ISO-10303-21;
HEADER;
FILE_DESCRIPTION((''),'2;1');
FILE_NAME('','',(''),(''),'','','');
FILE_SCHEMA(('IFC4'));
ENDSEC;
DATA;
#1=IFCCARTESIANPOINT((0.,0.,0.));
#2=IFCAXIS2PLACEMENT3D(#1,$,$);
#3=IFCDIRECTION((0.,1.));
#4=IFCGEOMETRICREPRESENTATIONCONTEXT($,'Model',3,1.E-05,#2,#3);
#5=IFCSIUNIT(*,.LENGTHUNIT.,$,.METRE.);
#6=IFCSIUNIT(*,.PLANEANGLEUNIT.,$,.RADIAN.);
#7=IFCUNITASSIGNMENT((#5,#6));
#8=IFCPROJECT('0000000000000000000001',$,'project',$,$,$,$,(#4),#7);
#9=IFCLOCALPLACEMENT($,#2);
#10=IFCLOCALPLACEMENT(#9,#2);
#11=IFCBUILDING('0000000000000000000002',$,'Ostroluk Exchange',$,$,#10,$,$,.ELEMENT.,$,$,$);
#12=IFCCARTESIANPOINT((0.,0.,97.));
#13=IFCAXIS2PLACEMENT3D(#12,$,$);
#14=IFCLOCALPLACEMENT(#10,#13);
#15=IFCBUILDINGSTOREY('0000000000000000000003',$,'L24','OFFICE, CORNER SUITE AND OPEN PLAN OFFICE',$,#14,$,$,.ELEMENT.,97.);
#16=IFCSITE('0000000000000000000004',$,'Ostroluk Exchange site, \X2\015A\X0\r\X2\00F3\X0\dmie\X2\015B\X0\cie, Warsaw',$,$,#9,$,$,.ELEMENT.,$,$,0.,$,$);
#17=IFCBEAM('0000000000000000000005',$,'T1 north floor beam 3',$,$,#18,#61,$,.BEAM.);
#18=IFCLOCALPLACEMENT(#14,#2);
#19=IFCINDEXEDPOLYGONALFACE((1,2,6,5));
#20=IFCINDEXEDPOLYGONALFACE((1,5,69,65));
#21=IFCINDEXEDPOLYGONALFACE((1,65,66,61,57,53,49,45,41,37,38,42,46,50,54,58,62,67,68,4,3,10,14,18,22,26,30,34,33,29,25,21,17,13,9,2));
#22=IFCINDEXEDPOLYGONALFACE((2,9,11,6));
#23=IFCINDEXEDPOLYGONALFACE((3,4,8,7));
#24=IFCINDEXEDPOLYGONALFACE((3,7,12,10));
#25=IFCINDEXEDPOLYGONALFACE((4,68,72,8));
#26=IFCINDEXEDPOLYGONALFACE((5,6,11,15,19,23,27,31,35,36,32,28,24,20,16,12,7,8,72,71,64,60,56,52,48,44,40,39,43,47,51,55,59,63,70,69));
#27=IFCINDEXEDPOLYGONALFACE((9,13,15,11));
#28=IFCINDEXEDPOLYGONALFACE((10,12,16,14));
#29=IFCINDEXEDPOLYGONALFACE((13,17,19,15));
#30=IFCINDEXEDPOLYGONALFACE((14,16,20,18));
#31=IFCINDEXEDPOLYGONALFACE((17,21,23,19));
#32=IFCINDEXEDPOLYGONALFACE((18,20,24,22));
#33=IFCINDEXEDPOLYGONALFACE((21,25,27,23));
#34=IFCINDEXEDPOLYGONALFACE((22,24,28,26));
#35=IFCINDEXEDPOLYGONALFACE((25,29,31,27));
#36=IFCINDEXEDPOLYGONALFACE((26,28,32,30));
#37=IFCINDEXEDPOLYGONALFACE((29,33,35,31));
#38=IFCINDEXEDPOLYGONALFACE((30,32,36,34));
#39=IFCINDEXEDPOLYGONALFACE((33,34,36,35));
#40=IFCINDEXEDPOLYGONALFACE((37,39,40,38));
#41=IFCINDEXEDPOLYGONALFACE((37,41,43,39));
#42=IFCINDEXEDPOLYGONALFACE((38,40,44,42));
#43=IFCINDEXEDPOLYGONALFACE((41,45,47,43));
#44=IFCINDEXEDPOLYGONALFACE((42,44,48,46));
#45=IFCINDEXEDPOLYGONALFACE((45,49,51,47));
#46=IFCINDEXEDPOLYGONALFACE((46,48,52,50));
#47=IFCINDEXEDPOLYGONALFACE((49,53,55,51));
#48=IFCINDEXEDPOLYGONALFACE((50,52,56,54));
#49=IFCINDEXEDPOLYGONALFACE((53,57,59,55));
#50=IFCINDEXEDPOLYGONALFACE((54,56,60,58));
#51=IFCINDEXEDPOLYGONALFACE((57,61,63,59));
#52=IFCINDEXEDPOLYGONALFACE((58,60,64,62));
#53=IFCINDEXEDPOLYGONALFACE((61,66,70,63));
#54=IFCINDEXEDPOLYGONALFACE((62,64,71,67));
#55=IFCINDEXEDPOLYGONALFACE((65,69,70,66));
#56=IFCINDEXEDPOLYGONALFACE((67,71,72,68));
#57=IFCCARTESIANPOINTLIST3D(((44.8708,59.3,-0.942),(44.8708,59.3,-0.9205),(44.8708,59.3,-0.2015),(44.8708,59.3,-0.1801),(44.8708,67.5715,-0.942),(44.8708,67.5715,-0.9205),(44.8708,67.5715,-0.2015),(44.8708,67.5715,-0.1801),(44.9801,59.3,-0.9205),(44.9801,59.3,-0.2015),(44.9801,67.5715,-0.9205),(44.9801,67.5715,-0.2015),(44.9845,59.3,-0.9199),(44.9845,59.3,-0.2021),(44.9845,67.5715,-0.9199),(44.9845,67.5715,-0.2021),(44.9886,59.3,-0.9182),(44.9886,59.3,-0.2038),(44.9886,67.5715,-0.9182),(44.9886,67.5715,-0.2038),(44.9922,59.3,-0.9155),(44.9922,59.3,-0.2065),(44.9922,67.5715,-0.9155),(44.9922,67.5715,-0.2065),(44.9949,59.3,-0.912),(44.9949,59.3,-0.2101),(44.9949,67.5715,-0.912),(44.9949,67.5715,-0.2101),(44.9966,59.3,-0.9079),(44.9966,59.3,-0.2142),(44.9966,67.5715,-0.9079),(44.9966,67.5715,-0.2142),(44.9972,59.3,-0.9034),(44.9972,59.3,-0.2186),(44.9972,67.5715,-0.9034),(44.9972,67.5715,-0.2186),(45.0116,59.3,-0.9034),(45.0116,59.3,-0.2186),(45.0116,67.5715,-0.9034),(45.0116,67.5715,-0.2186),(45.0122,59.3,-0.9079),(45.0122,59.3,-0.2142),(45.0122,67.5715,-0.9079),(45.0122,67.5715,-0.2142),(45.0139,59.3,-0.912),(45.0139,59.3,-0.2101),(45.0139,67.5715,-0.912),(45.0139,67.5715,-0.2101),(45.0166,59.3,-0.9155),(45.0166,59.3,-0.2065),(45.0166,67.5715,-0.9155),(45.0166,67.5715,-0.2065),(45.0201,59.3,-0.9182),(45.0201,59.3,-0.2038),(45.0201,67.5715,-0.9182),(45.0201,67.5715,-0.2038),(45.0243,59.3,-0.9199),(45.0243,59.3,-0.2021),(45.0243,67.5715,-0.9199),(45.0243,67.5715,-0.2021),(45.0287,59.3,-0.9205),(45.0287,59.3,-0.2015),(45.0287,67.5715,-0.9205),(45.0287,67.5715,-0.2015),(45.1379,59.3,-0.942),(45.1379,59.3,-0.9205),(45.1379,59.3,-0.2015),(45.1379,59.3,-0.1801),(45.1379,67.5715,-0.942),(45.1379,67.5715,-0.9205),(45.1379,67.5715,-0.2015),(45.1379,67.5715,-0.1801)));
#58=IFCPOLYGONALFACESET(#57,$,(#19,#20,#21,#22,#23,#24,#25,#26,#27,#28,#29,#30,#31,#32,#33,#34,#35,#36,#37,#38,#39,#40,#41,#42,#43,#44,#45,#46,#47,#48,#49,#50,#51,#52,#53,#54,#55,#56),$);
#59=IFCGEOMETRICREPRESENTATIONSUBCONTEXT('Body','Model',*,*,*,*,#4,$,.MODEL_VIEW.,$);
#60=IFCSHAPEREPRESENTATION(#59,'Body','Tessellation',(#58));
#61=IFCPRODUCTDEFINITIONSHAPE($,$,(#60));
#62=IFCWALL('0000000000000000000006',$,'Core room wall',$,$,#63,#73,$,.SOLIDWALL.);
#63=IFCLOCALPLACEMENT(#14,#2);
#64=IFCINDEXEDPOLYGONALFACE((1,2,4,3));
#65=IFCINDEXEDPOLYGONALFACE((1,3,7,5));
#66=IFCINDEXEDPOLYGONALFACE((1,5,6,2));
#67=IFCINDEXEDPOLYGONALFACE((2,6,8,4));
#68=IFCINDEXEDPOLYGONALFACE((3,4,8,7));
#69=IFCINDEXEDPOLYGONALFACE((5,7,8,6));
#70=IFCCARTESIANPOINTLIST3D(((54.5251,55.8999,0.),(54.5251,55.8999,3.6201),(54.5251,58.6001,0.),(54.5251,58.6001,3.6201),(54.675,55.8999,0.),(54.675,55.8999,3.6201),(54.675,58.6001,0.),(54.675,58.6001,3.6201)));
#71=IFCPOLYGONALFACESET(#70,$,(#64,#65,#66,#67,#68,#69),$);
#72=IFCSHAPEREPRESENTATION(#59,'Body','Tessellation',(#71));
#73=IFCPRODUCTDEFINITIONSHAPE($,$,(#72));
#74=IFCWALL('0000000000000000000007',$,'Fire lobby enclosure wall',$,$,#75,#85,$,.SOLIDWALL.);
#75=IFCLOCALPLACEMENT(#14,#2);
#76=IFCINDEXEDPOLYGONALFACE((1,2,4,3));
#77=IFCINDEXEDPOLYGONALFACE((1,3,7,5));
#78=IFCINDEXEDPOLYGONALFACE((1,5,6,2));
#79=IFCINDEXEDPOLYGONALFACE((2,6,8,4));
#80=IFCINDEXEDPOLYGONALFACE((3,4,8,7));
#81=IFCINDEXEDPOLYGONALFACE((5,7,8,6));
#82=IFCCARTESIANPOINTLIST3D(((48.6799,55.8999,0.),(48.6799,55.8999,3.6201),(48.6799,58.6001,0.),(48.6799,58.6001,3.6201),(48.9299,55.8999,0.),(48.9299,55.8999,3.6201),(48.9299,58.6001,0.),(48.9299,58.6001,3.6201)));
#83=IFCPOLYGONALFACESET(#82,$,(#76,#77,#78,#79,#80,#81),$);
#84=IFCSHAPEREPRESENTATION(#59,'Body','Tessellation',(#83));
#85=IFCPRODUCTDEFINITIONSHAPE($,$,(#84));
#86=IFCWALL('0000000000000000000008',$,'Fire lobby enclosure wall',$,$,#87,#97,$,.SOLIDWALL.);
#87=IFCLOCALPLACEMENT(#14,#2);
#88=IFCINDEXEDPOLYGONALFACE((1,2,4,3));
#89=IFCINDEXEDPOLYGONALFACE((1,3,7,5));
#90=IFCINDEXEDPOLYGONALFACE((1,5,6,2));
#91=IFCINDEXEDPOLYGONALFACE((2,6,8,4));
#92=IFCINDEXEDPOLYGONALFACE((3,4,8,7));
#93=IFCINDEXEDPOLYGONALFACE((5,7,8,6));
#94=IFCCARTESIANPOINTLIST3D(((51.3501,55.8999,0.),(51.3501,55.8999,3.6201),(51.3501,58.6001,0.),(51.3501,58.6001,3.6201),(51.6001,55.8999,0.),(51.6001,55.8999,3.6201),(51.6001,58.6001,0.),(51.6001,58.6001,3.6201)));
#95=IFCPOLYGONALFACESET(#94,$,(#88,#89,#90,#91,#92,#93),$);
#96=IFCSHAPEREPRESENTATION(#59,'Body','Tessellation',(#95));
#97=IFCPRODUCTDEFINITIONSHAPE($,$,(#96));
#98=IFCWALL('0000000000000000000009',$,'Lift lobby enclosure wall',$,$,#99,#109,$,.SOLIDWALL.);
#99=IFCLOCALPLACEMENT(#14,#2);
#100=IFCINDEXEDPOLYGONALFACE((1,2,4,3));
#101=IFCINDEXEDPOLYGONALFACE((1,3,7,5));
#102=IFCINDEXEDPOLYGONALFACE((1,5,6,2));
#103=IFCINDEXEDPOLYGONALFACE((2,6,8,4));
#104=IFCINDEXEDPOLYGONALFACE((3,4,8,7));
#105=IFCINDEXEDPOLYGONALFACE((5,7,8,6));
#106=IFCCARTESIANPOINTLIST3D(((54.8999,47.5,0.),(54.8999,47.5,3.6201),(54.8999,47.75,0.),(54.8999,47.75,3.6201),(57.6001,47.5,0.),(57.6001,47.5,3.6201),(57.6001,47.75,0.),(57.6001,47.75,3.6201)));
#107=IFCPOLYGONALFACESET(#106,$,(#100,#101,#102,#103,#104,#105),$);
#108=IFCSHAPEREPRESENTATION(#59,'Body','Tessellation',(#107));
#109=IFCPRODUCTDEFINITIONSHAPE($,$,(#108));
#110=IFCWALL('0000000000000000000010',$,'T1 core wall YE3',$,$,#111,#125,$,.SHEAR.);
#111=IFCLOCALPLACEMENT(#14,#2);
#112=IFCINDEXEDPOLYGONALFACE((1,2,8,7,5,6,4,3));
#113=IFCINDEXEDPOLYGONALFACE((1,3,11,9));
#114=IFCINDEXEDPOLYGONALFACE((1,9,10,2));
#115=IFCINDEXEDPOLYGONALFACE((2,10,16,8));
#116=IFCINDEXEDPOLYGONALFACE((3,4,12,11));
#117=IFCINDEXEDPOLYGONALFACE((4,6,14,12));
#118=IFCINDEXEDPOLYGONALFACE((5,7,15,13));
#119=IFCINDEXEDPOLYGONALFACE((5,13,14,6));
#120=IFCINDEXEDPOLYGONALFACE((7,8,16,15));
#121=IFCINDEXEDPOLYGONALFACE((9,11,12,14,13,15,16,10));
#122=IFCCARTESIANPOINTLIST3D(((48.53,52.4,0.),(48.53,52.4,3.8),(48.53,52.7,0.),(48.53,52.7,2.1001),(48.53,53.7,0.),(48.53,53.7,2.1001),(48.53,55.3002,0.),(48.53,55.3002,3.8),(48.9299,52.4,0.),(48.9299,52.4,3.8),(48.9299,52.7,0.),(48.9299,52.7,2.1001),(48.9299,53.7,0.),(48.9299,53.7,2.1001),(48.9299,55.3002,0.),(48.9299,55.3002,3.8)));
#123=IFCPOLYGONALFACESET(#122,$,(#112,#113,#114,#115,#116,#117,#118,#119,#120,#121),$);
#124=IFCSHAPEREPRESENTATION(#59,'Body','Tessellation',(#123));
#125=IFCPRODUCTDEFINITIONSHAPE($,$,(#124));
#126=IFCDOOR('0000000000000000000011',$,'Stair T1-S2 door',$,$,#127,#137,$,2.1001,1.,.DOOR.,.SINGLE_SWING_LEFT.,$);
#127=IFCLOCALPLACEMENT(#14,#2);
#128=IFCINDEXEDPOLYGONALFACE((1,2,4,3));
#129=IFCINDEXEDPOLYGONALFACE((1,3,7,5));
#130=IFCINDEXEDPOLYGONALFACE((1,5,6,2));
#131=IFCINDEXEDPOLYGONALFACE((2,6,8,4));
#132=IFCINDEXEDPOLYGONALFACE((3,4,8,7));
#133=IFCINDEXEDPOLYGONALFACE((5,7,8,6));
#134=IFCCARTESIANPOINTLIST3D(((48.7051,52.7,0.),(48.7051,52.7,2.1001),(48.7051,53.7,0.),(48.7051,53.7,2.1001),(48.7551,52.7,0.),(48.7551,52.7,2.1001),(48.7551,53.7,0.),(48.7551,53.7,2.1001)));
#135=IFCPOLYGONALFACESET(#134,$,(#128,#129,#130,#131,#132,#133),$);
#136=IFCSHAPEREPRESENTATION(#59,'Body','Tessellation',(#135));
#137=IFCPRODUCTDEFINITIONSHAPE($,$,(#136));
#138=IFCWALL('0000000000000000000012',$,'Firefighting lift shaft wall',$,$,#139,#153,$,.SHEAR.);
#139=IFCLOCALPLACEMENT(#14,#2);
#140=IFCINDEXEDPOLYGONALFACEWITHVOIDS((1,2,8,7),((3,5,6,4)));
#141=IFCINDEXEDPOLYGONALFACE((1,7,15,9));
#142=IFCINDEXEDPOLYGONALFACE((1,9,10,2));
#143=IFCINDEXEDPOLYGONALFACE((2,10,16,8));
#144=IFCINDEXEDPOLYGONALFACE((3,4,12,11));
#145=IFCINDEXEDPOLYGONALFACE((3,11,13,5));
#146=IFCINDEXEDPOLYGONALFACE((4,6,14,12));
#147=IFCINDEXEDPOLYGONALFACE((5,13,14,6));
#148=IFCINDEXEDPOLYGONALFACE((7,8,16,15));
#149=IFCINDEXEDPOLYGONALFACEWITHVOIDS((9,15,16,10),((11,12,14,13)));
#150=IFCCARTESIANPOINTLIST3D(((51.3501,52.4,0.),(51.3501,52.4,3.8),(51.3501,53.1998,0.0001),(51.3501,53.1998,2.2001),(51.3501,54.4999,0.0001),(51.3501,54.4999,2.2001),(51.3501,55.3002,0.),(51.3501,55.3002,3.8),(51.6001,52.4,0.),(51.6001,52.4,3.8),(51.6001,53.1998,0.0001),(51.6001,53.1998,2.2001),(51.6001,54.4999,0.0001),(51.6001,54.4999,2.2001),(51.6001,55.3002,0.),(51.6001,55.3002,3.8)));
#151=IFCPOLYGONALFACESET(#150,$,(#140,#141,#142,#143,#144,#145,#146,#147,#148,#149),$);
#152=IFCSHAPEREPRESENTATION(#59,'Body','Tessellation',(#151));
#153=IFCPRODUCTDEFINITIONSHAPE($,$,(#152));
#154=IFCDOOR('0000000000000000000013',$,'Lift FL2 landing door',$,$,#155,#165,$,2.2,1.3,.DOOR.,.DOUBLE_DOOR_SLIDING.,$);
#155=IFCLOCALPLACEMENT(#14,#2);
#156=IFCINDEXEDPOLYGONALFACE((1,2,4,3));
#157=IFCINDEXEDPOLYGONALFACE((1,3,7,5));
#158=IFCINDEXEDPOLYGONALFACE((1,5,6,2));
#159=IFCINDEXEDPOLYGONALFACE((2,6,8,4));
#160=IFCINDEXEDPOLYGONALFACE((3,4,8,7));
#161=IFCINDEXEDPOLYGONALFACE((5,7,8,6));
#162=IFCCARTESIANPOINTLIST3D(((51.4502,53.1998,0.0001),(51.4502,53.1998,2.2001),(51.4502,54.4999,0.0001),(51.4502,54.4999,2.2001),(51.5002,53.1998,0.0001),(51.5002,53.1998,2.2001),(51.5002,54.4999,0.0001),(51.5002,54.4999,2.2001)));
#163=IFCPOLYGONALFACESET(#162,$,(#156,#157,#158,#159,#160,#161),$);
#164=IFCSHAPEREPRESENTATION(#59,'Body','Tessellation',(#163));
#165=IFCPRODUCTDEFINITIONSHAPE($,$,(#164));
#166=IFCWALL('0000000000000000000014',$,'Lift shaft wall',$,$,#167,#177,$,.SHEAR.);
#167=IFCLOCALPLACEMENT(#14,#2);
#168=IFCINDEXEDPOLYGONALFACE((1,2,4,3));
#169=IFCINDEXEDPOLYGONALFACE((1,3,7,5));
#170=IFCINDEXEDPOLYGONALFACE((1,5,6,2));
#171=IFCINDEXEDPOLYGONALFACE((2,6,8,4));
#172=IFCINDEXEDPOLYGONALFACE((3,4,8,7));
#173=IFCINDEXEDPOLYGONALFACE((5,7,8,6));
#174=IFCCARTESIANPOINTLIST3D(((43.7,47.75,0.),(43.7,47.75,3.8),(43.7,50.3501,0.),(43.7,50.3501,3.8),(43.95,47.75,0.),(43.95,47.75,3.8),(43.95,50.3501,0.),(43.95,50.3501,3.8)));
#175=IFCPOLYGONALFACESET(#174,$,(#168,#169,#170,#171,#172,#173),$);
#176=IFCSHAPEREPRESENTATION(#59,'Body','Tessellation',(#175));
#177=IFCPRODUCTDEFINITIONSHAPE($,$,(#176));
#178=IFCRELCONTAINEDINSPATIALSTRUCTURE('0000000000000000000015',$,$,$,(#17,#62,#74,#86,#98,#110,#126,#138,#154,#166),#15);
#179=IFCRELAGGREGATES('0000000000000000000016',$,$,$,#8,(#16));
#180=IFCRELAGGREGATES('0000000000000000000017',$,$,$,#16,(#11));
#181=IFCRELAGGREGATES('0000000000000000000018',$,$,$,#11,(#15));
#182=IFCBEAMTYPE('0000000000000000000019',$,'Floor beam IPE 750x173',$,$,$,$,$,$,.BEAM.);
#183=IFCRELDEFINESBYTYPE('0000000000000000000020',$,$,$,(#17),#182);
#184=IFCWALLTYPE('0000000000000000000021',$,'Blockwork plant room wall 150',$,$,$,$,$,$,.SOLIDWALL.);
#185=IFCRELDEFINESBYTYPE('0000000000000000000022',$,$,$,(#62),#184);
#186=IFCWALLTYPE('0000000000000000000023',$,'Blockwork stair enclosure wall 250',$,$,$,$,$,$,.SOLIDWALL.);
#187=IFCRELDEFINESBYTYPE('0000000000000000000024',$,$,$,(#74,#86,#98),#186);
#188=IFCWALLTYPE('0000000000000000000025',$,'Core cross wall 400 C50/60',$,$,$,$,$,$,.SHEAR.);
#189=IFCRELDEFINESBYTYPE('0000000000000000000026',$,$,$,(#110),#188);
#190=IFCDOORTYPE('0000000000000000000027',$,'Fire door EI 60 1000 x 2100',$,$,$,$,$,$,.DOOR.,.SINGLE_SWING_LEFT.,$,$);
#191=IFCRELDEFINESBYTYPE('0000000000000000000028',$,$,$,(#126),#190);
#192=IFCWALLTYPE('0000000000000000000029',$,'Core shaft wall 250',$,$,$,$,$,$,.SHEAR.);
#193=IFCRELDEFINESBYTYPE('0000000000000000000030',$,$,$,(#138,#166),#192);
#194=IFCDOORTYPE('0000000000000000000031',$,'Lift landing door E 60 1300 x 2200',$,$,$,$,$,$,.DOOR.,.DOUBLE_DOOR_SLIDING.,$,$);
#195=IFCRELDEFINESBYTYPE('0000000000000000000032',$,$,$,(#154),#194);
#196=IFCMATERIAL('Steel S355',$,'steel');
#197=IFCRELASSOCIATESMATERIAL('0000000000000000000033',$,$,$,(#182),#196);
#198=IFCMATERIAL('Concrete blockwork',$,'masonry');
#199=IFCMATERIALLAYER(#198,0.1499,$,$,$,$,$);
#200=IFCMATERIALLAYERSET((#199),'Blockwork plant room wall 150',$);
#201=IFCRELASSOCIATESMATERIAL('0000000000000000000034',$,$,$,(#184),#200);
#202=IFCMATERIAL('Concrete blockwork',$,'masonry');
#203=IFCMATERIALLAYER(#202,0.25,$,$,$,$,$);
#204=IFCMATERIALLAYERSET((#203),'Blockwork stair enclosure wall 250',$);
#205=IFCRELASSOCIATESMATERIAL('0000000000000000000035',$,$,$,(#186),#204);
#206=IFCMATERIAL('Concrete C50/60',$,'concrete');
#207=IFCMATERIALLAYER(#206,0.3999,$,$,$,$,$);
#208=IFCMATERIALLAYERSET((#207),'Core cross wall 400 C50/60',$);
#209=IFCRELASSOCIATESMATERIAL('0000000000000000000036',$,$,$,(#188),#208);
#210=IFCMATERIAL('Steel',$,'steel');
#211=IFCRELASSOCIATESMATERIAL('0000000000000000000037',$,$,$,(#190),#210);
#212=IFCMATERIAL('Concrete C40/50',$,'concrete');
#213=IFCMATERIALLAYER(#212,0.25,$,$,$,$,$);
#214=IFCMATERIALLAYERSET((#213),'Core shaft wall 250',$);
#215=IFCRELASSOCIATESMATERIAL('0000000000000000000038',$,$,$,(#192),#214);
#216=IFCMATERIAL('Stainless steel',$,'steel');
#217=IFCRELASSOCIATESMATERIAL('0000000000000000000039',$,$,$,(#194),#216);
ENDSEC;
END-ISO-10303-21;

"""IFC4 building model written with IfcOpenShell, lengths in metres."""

from ifc_helpers import new_model, si_unit, direction, frame, frame_2d, origin, origin_2d, place, context, subcontext, project, spatial, rectangle, i_section, extrude, material, layer, layer_set, material_profile, profile_set, type_object, element, fill, save


model = new_model("IFC4")

# Units and contexts
model_context = context("Model", 3, precision=1e-05, world=origin(), true_north=direction((0.0, 1.0)))
body_context = subcontext(model_context, "Body", "Model", "MODEL_VIEW")
ifc_project = project(units=[si_unit("LENGTHUNIT", "METRE"), si_unit("PLANEANGLEUNIT", "RADIAN")], contexts=[model_context])

# Site, building, storey
site_placement = place(None, origin())
site = spatial("IfcSite", under=ifc_project, at=site_placement, Name="Ostroluk Exchange site, Śródmieście, Warsaw", CompositionType="ELEMENT", RefElevation=0.0)
building_placement = place(site_placement, origin())
building = spatial("IfcBuilding", under=site, at=building_placement, Name="Ostroluk Exchange", CompositionType="ELEMENT")
storey_placement = place(building_placement, frame((0.0, 0.0, 97.0)))
storey = spatial("IfcBuildingStorey", under=building, at=storey_placement, Name="L24", Description="OFFICE, CORNER SUITE AND OPEN PLAN OFFICE", CompositionType="ELEMENT", Elevation=97.0)

# Beam
ifc_material_1 = material(Name="Steel S355", Category="steel")
ifc_material_profile_1 = material_profile(ifc_material_1, i_section(OverallWidth=0.2671, OverallDepth=0.762, WebThickness=0.0144, FlangeThickness=0.0215, FilletRadius=0.0171, at=origin_2d()), Name="IPE 750x173")
ifc_profile_set_1 = profile_set([ifc_material_profile_1], Name="Steel S355")
beam_type_1 = type_object("IfcBeamType", Name="Floor beam IPE 750x173", PredefinedType="BEAM", material=ifc_profile_set_1)
for number, where, z_axis, x_axis, name in (
    (1, (45.0044, 59.3, -0.561), (0.0, 1.0, 0.0), (-1.0, 0.0, 0.0), "T1 north floor beam 3"),
):
    element("IfcBeam", number, at=place(storey_placement, frame(where, z_axis=z_axis, x_axis=x_axis)), inside=storey, type_object=beam_type_1, Name=name, PredefinedType="BEAM", context=body_context, shape_type="SweptSolid", body=[
        extrude(i_section(OverallWidth=0.2671, OverallDepth=0.762, WebThickness=0.0144, FlangeThickness=0.0215, FilletRadius=0.0171, at=origin_2d()), origin(), (0.0, 0.0, 1.0), 8.2715),
    ])

# Walls
ifc_material_2 = material(Name="Concrete blockwork", Category="masonry")
ifc_layer_1 = layer(ifc_material_2, 0.1499)
ifc_layer_set_1 = layer_set([ifc_layer_1], Name="Blockwork plant room wall 150")
wall_type_1 = type_object("IfcWallType", Name="Blockwork plant room wall 150", PredefinedType="SOLIDWALL", material=ifc_layer_set_1)
wall_1_placement = place(storey_placement, frame((54.6001, 55.8999, 0.0), z_axis=(0.0, 0.0, 1.0), x_axis=(0.0, 1.0, 0.0)))
element("IfcWall", 2, at=wall_1_placement, inside=storey, type_object=wall_type_1, Name="Core room wall", PredefinedType="SOLIDWALL", context=body_context, shape_type="SweptSolid", body=[
    extrude(rectangle(XDim=2.7002, YDim=0.1499, at=frame_2d((1.3501, 0.0))), origin(), (0.0, 0.0, 1.0), 3.6201),
])
ifc_material_3 = material(Name="Concrete blockwork", Category="masonry")
ifc_layer_2 = layer(ifc_material_3, 0.25)
ifc_layer_set_2 = layer_set([ifc_layer_2], Name="Blockwork stair enclosure wall 250")
wall_type_2 = type_object("IfcWallType", Name="Blockwork stair enclosure wall 250", PredefinedType="SOLIDWALL", material=ifc_layer_set_2)
for number, where, z_axis, x_axis, name in (
    (3, (48.8049, 55.8999, 0.0), (0.0, 0.0, 1.0), (0.0, 1.0, 0.0), "Fire lobby enclosure wall"),
    (4, (51.4751, 55.8999, 0.0), (0.0, 0.0, 1.0), (0.0, 1.0, 0.0), "Fire lobby enclosure wall"),
    (5, (54.8999, 47.625, 0.0), (0.0, 0.0, 1.0), (1.0, 0.0, 0.0), "Lift lobby enclosure wall"),
):
    element("IfcWall", number, at=place(storey_placement, frame(where, z_axis=z_axis, x_axis=x_axis)), inside=storey, type_object=wall_type_2, Name=name, PredefinedType="SOLIDWALL", context=body_context, shape_type="SweptSolid", body=[
        extrude(rectangle(XDim=2.7002, YDim=0.25, at=frame_2d((1.3501, 0.0))), origin(), (0.0, 0.0, 1.0), 3.6201),
    ])

# Walls, openings, doors
ifc_material_4 = material(Name="Concrete C50/60", Category="concrete")
ifc_layer_3 = layer(ifc_material_4, 0.3999)
ifc_layer_set_3 = layer_set([ifc_layer_3], Name="Core cross wall 400 C50/60")
wall_type_3 = type_object("IfcWallType", Name="Core cross wall 400 C50/60", PredefinedType="SHEAR", material=ifc_layer_set_3)
wall_2_placement = place(storey_placement, frame((48.73, 52.3999, 0.0), z_axis=(0.0, 0.0, 1.0), x_axis=(0.0, 1.0, 0.0)))
wall_2 = element("IfcWall", 6, at=wall_2_placement, inside=storey, type_object=wall_type_3, Name="T1 core wall YE3", PredefinedType="SHEAR", context=body_context, shape_type="SweptSolid", body=[
    extrude(rectangle(XDim=2.9001, YDim=0.3999, at=frame_2d((1.4502, 0.0))), origin(), (0.0, 0.0, 1.0), 3.8),
])
opening_1_placement = place(wall_2_placement, frame((0.3, 0.0, 0.0)))
opening_1 = element("IfcOpeningElement", 7, at=opening_1_placement, cuts=wall_2, PredefinedType="OPENING", context=body_context, shape_type="SweptSolid", body=[
    extrude(rectangle(XDim=1.0, YDim=2.1001, at=frame_2d((0.5, 1.05))), frame((0.0, 0.21, 0.0), z_axis=(0.0, -1.0, 0.0), x_axis=(1.0, 0.0, 0.0)), (0.0, 0.0, 1.0), 0.4199),
])
ifc_material_5 = material(Name="Steel", Category="steel")
door_type_1 = type_object("IfcDoorType", Name="Fire door EI 60 1000 x 2100", OperationType="SINGLE_SWING_LEFT", PredefinedType="DOOR", material=ifc_material_5)
door_1_placement = place(opening_1_placement, origin())
door_1 = element("IfcDoor", 8, at=door_1_placement, inside=storey, type_object=door_type_1, Name="Stair T1-S2 door", OperationType="SINGLE_SWING_LEFT", OverallHeight=2.1001, OverallWidth=1.0, PredefinedType="DOOR", context=body_context, shape_type="SweptSolid", body=[
    extrude(rectangle(XDim=1.0, YDim=2.1001, at=frame_2d((0.5, 1.05))), frame((0.0, 0.0249, 0.0), z_axis=(0.0, -1.0, 0.0), x_axis=(1.0, 0.0, 0.0)), (0.0, 0.0, 1.0), 0.05),
])
fill(opening_1, door_1)
ifc_material_6 = material(Name="Concrete C40/50", Category="concrete")
ifc_layer_4 = layer(ifc_material_6, 0.25)
ifc_layer_set_4 = layer_set([ifc_layer_4], Name="Core shaft wall 250")
wall_type_4 = type_object("IfcWallType", Name="Core shaft wall 250", PredefinedType="SHEAR", material=ifc_layer_set_4)
wall_3_placement = place(storey_placement, frame((51.4751, 52.3999, 0.0), z_axis=(0.0, 0.0, 1.0), x_axis=(0.0, 1.0, 0.0)))
wall_3 = element("IfcWall", 9, at=wall_3_placement, inside=storey, type_object=wall_type_4, Name="Firefighting lift shaft wall", PredefinedType="SHEAR", context=body_context, shape_type="SweptSolid", body=[
    extrude(rectangle(XDim=2.9001, YDim=0.25, at=frame_2d((1.4502, 0.0))), origin(), (0.0, 0.0, 1.0), 3.8),
])
opening_2_placement = place(wall_3_placement, frame((0.8, 0.0, 0.0)))
opening_2 = element("IfcOpeningElement", 10, at=opening_2_placement, cuts=wall_3, PredefinedType="OPENING", context=body_context, shape_type="SweptSolid", body=[
    extrude(rectangle(XDim=1.3, YDim=2.2, at=frame_2d((0.6499, 1.1001))), frame((0.0, 0.135, 0.0), z_axis=(0.0, -1.0, 0.0), x_axis=(1.0, 0.0, 0.0)), (0.0, 0.0, 1.0), 0.27),
])
ifc_material_7 = material(Name="Stainless steel", Category="steel")
door_type_2 = type_object("IfcDoorType", Name="Lift landing door E 60 1300 x 2200", OperationType="DOUBLE_DOOR_SLIDING", PredefinedType="DOOR", material=ifc_material_7)
door_2_placement = place(opening_2_placement, origin())
door_2 = element("IfcDoor", 11, at=door_2_placement, inside=storey, type_object=door_type_2, Name="Lift FL2 landing door", OperationType="DOUBLE_DOOR_SLIDING", OverallHeight=2.2, OverallWidth=1.3, PredefinedType="DOOR", context=body_context, shape_type="SweptSolid", body=[
    extrude(rectangle(XDim=1.3, YDim=2.2, at=frame_2d((0.6499, 1.1001))), frame((0.0, 0.0249, 0.0), z_axis=(0.0, -1.0, 0.0), x_axis=(1.0, 0.0, 0.0)), (0.0, 0.0, 1.0), 0.05),
])
fill(opening_2, door_2)

# Wall
for number, where, z_axis, x_axis, name in (
    (12, (43.825, 47.75, 0.0), (0.0, 0.0, 1.0), (0.0, 1.0, 0.0), "Lift shaft wall"),
):
    element("IfcWall", number, at=place(storey_placement, frame(where, z_axis=z_axis, x_axis=x_axis)), inside=storey, type_object=wall_type_4, Name=name, PredefinedType="SHEAR", context=body_context, shape_type="SweptSolid", body=[
        extrude(rectangle(XDim=2.6001, YDim=0.25, at=frame_2d((1.3, 0.0))), origin(), (0.0, 0.0, 1.0), 3.8),
    ])

save(model, "model.ifc")
